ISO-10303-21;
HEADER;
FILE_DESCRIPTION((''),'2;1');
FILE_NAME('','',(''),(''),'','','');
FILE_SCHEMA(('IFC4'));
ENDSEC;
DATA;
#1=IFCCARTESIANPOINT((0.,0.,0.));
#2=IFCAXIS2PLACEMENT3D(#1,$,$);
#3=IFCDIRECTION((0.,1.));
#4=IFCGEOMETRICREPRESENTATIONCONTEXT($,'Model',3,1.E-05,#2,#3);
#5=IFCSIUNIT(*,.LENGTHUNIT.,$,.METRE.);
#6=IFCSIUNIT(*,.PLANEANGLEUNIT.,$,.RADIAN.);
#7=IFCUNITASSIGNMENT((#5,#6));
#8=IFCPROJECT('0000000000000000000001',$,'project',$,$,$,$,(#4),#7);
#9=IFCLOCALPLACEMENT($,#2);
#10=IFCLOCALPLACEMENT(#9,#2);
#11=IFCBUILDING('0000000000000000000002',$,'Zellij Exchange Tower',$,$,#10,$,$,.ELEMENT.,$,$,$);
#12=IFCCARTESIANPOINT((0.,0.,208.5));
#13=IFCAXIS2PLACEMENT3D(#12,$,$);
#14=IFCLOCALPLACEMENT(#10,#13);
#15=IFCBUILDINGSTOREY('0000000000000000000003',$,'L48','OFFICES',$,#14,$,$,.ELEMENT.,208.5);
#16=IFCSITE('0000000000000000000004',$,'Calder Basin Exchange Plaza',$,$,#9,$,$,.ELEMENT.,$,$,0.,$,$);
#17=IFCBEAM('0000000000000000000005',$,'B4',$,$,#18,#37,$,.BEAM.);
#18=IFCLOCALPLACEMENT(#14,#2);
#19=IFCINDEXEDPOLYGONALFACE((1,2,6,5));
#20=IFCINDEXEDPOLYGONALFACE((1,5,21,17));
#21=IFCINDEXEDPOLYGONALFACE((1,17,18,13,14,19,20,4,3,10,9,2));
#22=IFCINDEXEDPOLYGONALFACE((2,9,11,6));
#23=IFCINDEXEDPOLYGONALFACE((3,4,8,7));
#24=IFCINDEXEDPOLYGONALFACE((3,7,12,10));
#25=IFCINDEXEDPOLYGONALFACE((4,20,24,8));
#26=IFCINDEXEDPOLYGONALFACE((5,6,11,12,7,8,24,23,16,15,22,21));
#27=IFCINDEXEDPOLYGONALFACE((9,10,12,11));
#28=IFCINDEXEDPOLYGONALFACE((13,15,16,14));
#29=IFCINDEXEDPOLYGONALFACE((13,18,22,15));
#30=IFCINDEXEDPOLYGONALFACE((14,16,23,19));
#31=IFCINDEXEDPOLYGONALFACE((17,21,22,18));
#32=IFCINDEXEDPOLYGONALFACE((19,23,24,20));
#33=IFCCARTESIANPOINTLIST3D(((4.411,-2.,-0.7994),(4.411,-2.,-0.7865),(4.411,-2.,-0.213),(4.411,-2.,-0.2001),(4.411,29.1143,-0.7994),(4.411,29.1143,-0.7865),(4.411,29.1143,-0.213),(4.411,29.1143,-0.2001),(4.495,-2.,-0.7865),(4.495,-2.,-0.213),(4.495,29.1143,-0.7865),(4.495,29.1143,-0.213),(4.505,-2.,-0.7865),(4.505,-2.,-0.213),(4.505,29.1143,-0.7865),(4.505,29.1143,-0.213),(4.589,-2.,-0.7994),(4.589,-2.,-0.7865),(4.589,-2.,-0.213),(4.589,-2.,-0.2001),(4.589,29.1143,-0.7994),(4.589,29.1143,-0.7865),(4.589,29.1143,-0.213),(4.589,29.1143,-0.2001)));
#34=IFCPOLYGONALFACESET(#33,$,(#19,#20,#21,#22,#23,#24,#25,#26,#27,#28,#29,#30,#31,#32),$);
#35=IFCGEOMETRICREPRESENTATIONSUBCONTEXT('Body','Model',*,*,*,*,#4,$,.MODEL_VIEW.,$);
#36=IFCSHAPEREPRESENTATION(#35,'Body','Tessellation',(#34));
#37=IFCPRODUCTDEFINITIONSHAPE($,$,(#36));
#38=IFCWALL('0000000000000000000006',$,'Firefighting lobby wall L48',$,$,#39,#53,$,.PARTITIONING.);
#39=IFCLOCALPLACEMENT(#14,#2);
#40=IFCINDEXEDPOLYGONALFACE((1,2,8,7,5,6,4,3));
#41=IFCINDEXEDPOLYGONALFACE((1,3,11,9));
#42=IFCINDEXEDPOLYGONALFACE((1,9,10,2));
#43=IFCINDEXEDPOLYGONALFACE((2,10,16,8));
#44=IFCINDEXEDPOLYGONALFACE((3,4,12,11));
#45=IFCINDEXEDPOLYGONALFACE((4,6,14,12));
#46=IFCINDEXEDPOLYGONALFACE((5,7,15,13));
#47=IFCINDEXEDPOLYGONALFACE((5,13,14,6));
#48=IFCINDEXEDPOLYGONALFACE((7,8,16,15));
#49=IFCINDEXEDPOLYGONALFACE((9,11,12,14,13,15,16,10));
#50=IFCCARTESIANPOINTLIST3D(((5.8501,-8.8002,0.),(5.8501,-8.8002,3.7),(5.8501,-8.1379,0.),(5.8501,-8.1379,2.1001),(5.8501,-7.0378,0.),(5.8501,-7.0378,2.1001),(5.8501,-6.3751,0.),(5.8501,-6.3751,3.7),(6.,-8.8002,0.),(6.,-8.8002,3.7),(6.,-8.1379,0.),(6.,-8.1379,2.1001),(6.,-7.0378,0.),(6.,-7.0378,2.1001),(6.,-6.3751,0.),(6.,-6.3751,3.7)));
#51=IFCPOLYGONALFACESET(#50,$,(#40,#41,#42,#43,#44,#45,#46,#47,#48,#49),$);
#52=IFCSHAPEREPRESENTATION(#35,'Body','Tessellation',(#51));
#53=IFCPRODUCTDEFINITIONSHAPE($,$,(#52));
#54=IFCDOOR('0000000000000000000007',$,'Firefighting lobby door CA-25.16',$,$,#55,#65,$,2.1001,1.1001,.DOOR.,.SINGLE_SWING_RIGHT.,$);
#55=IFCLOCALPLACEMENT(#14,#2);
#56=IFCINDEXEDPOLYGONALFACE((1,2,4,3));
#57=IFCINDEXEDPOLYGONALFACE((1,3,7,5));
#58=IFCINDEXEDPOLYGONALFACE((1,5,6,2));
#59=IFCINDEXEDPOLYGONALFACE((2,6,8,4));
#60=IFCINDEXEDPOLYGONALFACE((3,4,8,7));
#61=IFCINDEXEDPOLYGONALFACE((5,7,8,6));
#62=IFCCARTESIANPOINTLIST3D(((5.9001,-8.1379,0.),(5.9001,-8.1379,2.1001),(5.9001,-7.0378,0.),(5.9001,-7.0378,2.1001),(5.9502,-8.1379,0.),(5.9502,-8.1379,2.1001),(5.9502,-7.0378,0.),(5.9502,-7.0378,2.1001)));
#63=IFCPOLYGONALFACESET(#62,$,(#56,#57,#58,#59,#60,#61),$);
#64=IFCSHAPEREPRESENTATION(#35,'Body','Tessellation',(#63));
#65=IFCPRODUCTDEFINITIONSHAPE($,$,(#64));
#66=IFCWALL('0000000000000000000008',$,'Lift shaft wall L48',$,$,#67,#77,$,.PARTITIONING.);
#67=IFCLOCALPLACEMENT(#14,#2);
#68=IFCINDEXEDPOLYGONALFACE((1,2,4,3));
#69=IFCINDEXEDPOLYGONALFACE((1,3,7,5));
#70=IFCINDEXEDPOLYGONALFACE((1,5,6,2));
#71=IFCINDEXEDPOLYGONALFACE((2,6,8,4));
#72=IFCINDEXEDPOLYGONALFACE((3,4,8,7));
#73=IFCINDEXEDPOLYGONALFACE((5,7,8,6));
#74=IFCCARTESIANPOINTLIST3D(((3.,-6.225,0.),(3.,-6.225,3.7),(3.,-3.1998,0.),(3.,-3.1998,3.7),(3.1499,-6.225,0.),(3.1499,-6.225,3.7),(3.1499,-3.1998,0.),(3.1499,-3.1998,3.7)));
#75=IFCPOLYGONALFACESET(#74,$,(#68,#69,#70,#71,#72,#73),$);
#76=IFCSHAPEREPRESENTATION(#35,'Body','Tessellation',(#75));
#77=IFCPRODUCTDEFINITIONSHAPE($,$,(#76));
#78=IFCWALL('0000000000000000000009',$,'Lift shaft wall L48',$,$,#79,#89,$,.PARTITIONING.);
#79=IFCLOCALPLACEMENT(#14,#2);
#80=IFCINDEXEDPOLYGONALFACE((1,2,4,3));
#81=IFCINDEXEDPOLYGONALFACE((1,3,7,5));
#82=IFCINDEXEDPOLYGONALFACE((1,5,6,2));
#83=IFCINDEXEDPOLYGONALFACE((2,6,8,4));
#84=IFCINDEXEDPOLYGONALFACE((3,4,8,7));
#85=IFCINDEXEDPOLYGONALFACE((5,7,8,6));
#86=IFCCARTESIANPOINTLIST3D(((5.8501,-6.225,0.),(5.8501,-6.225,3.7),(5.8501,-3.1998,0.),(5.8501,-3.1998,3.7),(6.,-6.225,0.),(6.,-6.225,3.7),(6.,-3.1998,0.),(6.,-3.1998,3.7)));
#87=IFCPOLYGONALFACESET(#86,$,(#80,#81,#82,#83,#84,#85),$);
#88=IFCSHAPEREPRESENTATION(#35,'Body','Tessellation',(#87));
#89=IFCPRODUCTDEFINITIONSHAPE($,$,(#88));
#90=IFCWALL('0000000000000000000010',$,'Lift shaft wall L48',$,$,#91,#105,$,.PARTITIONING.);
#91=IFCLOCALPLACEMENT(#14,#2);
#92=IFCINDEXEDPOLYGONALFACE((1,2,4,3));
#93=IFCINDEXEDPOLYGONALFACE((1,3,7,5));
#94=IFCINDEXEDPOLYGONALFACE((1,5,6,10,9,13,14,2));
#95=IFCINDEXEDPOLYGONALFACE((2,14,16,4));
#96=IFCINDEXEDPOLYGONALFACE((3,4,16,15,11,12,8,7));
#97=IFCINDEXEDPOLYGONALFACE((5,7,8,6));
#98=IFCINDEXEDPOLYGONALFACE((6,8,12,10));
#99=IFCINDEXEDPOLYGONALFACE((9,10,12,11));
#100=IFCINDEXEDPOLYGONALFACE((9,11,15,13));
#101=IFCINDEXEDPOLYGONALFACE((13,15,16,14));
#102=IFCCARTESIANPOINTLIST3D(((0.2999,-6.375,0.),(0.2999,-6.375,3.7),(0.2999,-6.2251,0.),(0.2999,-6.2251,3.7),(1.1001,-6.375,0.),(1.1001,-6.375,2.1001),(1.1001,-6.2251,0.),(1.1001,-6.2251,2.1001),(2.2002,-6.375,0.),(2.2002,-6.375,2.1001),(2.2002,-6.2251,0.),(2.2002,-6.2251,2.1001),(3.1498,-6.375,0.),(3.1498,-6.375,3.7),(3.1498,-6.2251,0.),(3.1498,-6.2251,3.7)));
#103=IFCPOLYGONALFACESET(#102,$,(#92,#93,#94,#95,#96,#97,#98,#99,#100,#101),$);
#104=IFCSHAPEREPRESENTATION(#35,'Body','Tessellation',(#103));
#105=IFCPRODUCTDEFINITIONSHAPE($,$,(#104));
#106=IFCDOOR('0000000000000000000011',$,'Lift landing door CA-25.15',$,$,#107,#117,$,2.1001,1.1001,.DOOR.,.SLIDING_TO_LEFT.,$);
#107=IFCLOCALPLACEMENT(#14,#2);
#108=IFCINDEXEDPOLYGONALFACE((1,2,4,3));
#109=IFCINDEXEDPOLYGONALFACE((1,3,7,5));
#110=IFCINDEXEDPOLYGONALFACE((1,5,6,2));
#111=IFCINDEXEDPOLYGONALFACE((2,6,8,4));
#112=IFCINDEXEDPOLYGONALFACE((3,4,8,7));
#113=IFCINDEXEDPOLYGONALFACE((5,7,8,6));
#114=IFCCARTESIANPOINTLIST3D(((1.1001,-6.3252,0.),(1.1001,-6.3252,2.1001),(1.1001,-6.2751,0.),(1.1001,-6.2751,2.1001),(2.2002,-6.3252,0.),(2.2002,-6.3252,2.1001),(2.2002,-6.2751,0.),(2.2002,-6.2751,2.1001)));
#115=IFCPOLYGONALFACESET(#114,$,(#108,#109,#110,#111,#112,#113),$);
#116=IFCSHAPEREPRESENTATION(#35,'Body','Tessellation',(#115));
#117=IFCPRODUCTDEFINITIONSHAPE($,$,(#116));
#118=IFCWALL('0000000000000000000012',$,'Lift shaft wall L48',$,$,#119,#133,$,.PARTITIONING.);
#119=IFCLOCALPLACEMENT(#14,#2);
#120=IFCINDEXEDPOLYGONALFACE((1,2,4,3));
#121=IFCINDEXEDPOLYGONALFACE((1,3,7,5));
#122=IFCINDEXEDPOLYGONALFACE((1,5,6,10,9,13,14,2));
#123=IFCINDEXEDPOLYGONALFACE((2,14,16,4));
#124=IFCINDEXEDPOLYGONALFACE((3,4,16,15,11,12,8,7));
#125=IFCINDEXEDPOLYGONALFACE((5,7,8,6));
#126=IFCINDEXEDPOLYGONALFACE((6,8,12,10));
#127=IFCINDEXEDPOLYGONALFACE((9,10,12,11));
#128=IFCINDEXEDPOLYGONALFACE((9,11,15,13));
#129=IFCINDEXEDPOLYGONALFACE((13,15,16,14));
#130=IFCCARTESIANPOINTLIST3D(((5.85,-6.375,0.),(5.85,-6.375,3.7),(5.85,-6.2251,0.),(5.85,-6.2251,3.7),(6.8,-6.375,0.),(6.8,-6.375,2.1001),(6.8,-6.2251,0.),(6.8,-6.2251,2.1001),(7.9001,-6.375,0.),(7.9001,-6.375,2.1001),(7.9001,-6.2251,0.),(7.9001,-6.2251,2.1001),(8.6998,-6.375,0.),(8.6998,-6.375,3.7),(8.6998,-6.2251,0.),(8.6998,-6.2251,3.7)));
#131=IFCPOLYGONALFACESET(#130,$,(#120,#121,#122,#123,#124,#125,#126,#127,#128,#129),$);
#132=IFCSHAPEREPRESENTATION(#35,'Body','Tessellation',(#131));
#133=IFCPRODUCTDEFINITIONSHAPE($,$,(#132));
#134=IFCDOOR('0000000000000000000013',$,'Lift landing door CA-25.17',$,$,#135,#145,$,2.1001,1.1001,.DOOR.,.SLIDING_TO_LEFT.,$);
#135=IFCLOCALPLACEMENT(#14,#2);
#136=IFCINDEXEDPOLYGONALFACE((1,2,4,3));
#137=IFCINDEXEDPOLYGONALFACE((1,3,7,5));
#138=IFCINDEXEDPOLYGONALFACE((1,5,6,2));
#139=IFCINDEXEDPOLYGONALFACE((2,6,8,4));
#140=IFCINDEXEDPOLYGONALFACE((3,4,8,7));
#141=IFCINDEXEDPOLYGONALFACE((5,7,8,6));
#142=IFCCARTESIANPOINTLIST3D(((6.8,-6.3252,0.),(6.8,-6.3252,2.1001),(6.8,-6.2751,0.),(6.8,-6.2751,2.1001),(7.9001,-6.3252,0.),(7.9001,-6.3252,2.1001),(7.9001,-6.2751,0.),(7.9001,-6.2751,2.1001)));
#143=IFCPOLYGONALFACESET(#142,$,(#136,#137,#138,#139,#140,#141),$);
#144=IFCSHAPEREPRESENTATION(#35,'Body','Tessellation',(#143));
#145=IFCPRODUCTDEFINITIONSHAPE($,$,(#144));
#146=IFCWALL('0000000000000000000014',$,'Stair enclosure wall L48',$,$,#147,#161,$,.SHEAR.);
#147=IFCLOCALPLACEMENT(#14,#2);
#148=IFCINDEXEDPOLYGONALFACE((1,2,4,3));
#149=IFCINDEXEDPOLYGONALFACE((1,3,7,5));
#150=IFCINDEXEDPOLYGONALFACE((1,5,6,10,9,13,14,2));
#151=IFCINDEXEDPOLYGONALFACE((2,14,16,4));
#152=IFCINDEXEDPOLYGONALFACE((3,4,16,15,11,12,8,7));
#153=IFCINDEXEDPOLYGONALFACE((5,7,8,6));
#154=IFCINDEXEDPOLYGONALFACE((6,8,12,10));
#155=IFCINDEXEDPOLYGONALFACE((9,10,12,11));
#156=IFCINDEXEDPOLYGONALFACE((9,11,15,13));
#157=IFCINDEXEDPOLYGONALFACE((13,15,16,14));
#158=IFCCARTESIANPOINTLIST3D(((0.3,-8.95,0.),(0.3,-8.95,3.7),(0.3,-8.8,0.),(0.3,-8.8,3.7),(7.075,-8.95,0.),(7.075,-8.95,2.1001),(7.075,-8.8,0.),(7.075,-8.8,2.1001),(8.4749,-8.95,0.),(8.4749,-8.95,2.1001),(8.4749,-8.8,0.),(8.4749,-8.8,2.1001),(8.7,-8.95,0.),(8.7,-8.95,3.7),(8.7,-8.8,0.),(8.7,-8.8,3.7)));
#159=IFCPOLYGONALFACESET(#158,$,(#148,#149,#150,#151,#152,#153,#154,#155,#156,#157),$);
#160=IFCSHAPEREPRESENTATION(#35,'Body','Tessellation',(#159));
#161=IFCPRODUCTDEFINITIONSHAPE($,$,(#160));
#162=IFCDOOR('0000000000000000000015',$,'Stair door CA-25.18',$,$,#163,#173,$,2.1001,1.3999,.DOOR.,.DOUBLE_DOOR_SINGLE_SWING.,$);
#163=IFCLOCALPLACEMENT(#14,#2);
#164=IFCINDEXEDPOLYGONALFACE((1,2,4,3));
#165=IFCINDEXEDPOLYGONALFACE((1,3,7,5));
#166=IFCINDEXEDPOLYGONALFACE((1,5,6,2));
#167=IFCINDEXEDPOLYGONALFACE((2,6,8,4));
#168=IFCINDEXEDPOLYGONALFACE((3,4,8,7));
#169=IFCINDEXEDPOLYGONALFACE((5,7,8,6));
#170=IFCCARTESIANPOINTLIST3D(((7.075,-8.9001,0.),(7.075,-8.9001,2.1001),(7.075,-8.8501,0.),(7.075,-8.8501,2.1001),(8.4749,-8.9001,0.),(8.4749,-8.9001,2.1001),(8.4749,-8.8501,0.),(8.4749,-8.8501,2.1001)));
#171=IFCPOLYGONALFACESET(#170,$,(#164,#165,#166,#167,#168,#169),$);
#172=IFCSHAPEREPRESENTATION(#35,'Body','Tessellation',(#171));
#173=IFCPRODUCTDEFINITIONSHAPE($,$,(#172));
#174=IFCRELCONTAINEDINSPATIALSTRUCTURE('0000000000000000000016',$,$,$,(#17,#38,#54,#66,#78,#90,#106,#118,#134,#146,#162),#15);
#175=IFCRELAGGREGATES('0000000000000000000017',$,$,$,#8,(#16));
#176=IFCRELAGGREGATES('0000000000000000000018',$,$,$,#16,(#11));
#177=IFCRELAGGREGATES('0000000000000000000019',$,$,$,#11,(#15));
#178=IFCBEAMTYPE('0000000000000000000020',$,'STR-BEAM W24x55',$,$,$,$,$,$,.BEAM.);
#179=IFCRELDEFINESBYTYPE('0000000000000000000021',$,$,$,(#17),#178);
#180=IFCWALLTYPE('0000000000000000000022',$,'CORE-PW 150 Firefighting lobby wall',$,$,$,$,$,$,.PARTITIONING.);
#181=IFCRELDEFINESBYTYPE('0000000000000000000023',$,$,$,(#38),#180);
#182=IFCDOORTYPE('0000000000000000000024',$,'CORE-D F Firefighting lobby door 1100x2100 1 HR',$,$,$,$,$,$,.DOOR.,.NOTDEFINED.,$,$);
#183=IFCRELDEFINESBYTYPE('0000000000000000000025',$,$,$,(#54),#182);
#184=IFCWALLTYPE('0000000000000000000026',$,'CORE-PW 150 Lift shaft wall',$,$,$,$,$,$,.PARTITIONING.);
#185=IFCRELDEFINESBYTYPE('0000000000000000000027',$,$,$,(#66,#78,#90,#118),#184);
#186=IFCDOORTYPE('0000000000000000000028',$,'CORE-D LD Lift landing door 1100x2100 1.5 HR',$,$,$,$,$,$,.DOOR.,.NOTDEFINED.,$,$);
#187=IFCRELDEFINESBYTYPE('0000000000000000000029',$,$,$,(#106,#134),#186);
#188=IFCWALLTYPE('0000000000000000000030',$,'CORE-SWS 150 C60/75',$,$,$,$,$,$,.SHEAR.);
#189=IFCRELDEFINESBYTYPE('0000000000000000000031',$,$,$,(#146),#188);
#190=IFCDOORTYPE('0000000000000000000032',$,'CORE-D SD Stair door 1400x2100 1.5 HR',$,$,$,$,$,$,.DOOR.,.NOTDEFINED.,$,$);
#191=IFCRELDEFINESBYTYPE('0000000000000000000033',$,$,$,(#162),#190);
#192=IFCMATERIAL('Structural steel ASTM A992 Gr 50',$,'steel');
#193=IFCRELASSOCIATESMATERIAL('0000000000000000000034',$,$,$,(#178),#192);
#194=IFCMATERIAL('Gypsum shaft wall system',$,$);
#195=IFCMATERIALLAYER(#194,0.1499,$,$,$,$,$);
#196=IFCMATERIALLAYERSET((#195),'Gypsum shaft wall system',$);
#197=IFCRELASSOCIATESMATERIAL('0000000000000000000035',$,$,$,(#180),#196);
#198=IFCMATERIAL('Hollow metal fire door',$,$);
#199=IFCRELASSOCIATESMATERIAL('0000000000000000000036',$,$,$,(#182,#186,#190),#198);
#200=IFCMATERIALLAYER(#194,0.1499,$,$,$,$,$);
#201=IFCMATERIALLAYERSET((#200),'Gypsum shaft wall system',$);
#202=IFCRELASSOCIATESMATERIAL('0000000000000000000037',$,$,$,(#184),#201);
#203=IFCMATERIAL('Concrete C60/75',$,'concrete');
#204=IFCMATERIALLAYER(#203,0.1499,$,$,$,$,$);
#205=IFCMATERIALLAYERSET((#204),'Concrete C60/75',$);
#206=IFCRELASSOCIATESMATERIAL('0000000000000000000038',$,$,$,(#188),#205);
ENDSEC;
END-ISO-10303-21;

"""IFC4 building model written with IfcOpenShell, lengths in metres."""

from ifc_helpers import new_model, si_unit, direction, frame, frame_2d, origin, origin_2d, place, context, subcontext, project, spatial, rectangle, i_section, extrude, material, layer, layer_set, material_profile, profile_set, type_object, element, fill, save


model = new_model("IFC4")

# Units and contexts
model_context = context("Model", 3, precision=1e-05, world=origin(), true_north=direction((0.0, 1.0)))
body_context = subcontext(model_context, "Body", "Model", "MODEL_VIEW")
ifc_project = project(units=[si_unit("LENGTHUNIT", "METRE"), si_unit("PLANEANGLEUNIT", "RADIAN")], contexts=[model_context])

# Site, building, storey
site_placement = place(None, origin())
site = spatial("IfcSite", under=ifc_project, at=site_placement, Name="Calder Basin Exchange Plaza", CompositionType="ELEMENT", RefElevation=0.0)
building_placement = place(site_placement, origin())
building = spatial("IfcBuilding", under=site, at=building_placement, Name="Zellij Exchange Tower", CompositionType="ELEMENT")
storey_placement = place(building_placement, frame((0.0, 0.0, 208.5)))
storey = spatial("IfcBuildingStorey", under=building, at=storey_placement, Name="L48", Description="OFFICES", CompositionType="ELEMENT", Elevation=208.5)

# Beam
ifc_material_1 = material(Name="Structural steel ASTM A992 Gr 50", Category="steel")
ifc_material_profile = material_profile(ifc_material_1, i_section(OverallWidth=0.178, OverallDepth=0.5994, WebThickness=0.01, FlangeThickness=0.0129, at=origin_2d()), Name="W24x55")
ifc_profile_set = profile_set([ifc_material_profile], Name="Structural steel ASTM A992 Gr 50")
beam_type = type_object("IfcBeamType", Name="STR-BEAM W24x55", PredefinedType="BEAM", material=ifc_profile_set)
beam_placement = place(storey_placement, frame((4.5, -2.0, -0.4998), z_axis=(0.0, 1.0, 0.0), x_axis=(-1.0, 0.0, 0.0)))
element("IfcBeam", 1, at=beam_placement, inside=storey, type_object=beam_type, Name="B4", PredefinedType="BEAM", context=body_context, shape_type="SweptSolid", body=[
    extrude(i_section(OverallWidth=0.178, OverallDepth=0.5994, WebThickness=0.01, FlangeThickness=0.0129, at=origin_2d()), origin(), (0.0, 0.0, 1.0), 31.1143),
])

# Wall, opening, door
ifc_material_2 = material(Name="Gypsum shaft wall system")
ifc_layer_1 = layer(ifc_material_2, 0.1499)
ifc_layer_set_1 = layer_set([ifc_layer_1], Name="Gypsum shaft wall system")
wall_type_1 = type_object("IfcWallType", Name="CORE-PW 150 Firefighting lobby wall", PredefinedType="PARTITIONING", material=ifc_layer_set_1)
wall_1_placement = place(storey_placement, frame((5.925, -8.8, 0.0), z_axis=(0.0, 0.0, 1.0), x_axis=(0.0, 1.0, 0.0)))
wall_1 = element("IfcWall", 2, at=wall_1_placement, inside=storey, type_object=wall_type_1, Name="Firefighting lobby wall L48", PredefinedType="PARTITIONING", context=body_context, shape_type="SweptSolid", body=[
    extrude(rectangle(XDim=2.425, YDim=0.1499, at=frame_2d((1.2124, 0.0))), origin(), (0.0, 0.0, 1.0), 3.7),
])
opening_1_placement = place(wall_1_placement, frame((0.6621, 0.0, 0.0)))
opening_1 = element("IfcOpeningElement", 3, at=opening_1_placement, cuts=wall_1, PredefinedType="OPENING", context=body_context, shape_type="SweptSolid", body=[
    extrude(rectangle(XDim=1.1001, YDim=2.1001, at=frame_2d((0.55, 1.05))), frame((0.0, 0.0869, 0.0), z_axis=(0.0, -1.0, 0.0), x_axis=(1.0, 0.0, 0.0)), (0.0, 0.0, 1.0), 0.1738),
])
ifc_material_3 = material(Name="Hollow metal fire door")
door_type_1 = type_object("IfcDoorType", Name="CORE-D F Firefighting lobby door 1100x2100 1 HR", OperationType="NOTDEFINED", PredefinedType="DOOR", material=ifc_material_3)
door_1_placement = place(opening_1_placement, origin())
door_1 = element("IfcDoor", 4, at=door_1_placement, inside=storey, type_object=door_type_1, Name="Firefighting lobby door CA-25.16", OperationType="SINGLE_SWING_RIGHT", OverallHeight=2.1001, OverallWidth=1.1001, PredefinedType="DOOR", context=body_context, shape_type="SweptSolid", body=[
    extrude(rectangle(XDim=1.1001, YDim=2.1001, at=frame_2d((0.55, 1.05))), frame((0.0, 0.0249, 0.0), z_axis=(0.0, -1.0, 0.0), x_axis=(1.0, 0.0, 0.0)), (0.0, 0.0, 1.0), 0.05),
])
fill(opening_1, door_1)

# Walls
ifc_layer_2 = layer(ifc_material_2, 0.1499)
ifc_layer_set_2 = layer_set([ifc_layer_2], Name="Gypsum shaft wall system")
wall_type_2 = type_object("IfcWallType", Name="CORE-PW 150 Lift shaft wall", PredefinedType="PARTITIONING", material=ifc_layer_set_2)
for number, where, z_axis, x_axis, name in (
    (5, (3.075, -6.2251, 0.0), (0.0, 0.0, 1.0), (0.0, 1.0, 0.0), "Lift shaft wall L48"),
    (6, (5.925, -6.2251, 0.0), (0.0, 0.0, 1.0), (0.0, 1.0, 0.0), "Lift shaft wall L48"),
):
    element("IfcWall", number, at=place(storey_placement, frame(where, z_axis=z_axis, x_axis=x_axis)), inside=storey, type_object=wall_type_2, Name=name, PredefinedType="PARTITIONING", context=body_context, shape_type="SweptSolid", body=[
        extrude(rectangle(XDim=3.0251, YDim=0.1499, at=frame_2d((1.5127, 0.0))), origin(), (0.0, 0.0, 1.0), 3.7),
    ])

# Walls, openings, doors
wall_2_placement = place(storey_placement, frame((0.3, -6.3, 0.0), z_axis=(0.0, 0.0, 1.0), x_axis=(1.0, 0.0, 0.0)))
wall_2 = element("IfcWall", 7, at=wall_2_placement, inside=storey, type_object=wall_type_2, Name="Lift shaft wall L48", PredefinedType="PARTITIONING", context=body_context, shape_type="SweptSolid", body=[
    extrude(rectangle(XDim=2.8499, YDim=0.1499, at=frame_2d((1.4248, 0.0))), origin(), (0.0, 0.0, 1.0), 3.7),
])
opening_2_placement = place(wall_2_placement, frame((0.8, 0.0, 0.0)))
opening_2 = element("IfcOpeningElement", 8, at=opening_2_placement, cuts=wall_2, PredefinedType="OPENING", context=body_context, shape_type="SweptSolid", body=[
    extrude(rectangle(XDim=1.1001, YDim=2.1001, at=frame_2d((0.55, 1.05))), frame((0.0, 0.0869, 0.0), z_axis=(0.0, -1.0, 0.0), x_axis=(1.0, 0.0, 0.0)), (0.0, 0.0, 1.0), 0.1738),
])
door_type_2 = type_object("IfcDoorType", Name="CORE-D LD Lift landing door 1100x2100 1.5 HR", OperationType="NOTDEFINED", PredefinedType="DOOR", material=ifc_material_3)
door_2_placement = place(opening_2_placement, origin())
door_2 = element("IfcDoor", 9, at=door_2_placement, inside=storey, type_object=door_type_2, Name="Lift landing door CA-25.15", OperationType="SLIDING_TO_LEFT", OverallHeight=2.1001, OverallWidth=1.1001, PredefinedType="DOOR", context=body_context, shape_type="SweptSolid", body=[
    extrude(rectangle(XDim=1.1001, YDim=2.1001, at=frame_2d((0.55, 1.05))), frame((0.0, 0.0249, 0.0), z_axis=(0.0, -1.0, 0.0), x_axis=(1.0, 0.0, 0.0)), (0.0, 0.0, 1.0), 0.05),
])
fill(opening_2, door_2)
wall_3_placement = place(storey_placement, frame((5.8501, -6.3, 0.0), z_axis=(0.0, 0.0, 1.0), x_axis=(1.0, 0.0, 0.0)))
wall_3 = element("IfcWall", 10, at=wall_3_placement, inside=storey, type_object=wall_type_2, Name="Lift shaft wall L48", PredefinedType="PARTITIONING", context=body_context, shape_type="SweptSolid", body=[
    extrude(rectangle(XDim=2.8499, YDim=0.1499, at=frame_2d((1.4248, 0.0))), origin(), (0.0, 0.0, 1.0), 3.7),
])
opening_3_placement = place(wall_3_placement, frame((0.95, 0.0, 0.0)))
opening_3 = element("IfcOpeningElement", 11, at=opening_3_placement, cuts=wall_3, PredefinedType="OPENING", context=body_context, shape_type="SweptSolid", body=[
    extrude(rectangle(XDim=1.1001, YDim=2.1001, at=frame_2d((0.55, 1.05))), frame((0.0, 0.0869, 0.0), z_axis=(0.0, -1.0, 0.0), x_axis=(1.0, 0.0, 0.0)), (0.0, 0.0, 1.0), 0.1738),
])
door_3_placement = place(opening_3_placement, origin())
door_3 = element("IfcDoor", 12, at=door_3_placement, inside=storey, type_object=door_type_2, Name="Lift landing door CA-25.17", OperationType="SLIDING_TO_LEFT", OverallHeight=2.1001, OverallWidth=1.1001, PredefinedType="DOOR", context=body_context, shape_type="SweptSolid", body=[
    extrude(rectangle(XDim=1.1001, YDim=2.1001, at=frame_2d((0.55, 1.05))), frame((0.0, 0.0249, 0.0), z_axis=(0.0, -1.0, 0.0), x_axis=(1.0, 0.0, 0.0)), (0.0, 0.0, 1.0), 0.05),
])
fill(opening_3, door_3)
ifc_material_4 = material(Name="Concrete C60/75", Category="concrete")
ifc_layer_3 = layer(ifc_material_4, 0.1499)
ifc_layer_set_3 = layer_set([ifc_layer_3], Name="Concrete C60/75")
wall_type_3 = type_object("IfcWallType", Name="CORE-SWS 150 C60/75", PredefinedType="SHEAR", material=ifc_layer_set_3)
wall_4_placement = place(storey_placement, frame((0.3, -8.875, 0.0), z_axis=(0.0, 0.0, 1.0), x_axis=(1.0, 0.0, 0.0)))
wall_4 = element("IfcWall", 13, at=wall_4_placement, inside=storey, type_object=wall_type_3, Name="Stair enclosure wall L48", PredefinedType="SHEAR", context=body_context, shape_type="SweptSolid", body=[
    extrude(rectangle(XDim=8.3999, YDim=0.1499, at=frame_2d((4.2, 0.0))), origin(), (0.0, 0.0, 1.0), 3.7),
])
opening_4_placement = place(wall_4_placement, frame((6.7749, 0.0, 0.0)))
opening_4 = element("IfcOpeningElement", 14, at=opening_4_placement, cuts=wall_4, PredefinedType="OPENING", context=body_context, shape_type="SweptSolid", body=[
    extrude(rectangle(XDim=1.3999, YDim=2.1001, at=frame_2d((0.7, 1.05))), frame((0.0, 0.0869, 0.0), z_axis=(0.0, -1.0, 0.0), x_axis=(1.0, 0.0, 0.0)), (0.0, 0.0, 1.0), 0.1738),
])
door_type_3 = type_object("IfcDoorType", Name="CORE-D SD Stair door 1400x2100 1.5 HR", OperationType="NOTDEFINED", PredefinedType="DOOR", material=ifc_material_3)
door_4_placement = place(opening_4_placement, origin())
door_4 = element("IfcDoor", 15, at=door_4_placement, inside=storey, type_object=door_type_3, Name="Stair door CA-25.18", OperationType="DOUBLE_DOOR_SINGLE_SWING", OverallHeight=2.1001, OverallWidth=1.3999, PredefinedType="DOOR", context=body_context, shape_type="SweptSolid", body=[
    extrude(rectangle(XDim=1.3999, YDim=2.1001, at=frame_2d((0.7, 1.05))), frame((0.0, 0.0249, 0.0), z_axis=(0.0, -1.0, 0.0), x_axis=(1.0, 0.0, 0.0)), (0.0, 0.0, 1.0), 0.05),
])
fill(opening_4, door_4)

save(model, "model.ifc")
